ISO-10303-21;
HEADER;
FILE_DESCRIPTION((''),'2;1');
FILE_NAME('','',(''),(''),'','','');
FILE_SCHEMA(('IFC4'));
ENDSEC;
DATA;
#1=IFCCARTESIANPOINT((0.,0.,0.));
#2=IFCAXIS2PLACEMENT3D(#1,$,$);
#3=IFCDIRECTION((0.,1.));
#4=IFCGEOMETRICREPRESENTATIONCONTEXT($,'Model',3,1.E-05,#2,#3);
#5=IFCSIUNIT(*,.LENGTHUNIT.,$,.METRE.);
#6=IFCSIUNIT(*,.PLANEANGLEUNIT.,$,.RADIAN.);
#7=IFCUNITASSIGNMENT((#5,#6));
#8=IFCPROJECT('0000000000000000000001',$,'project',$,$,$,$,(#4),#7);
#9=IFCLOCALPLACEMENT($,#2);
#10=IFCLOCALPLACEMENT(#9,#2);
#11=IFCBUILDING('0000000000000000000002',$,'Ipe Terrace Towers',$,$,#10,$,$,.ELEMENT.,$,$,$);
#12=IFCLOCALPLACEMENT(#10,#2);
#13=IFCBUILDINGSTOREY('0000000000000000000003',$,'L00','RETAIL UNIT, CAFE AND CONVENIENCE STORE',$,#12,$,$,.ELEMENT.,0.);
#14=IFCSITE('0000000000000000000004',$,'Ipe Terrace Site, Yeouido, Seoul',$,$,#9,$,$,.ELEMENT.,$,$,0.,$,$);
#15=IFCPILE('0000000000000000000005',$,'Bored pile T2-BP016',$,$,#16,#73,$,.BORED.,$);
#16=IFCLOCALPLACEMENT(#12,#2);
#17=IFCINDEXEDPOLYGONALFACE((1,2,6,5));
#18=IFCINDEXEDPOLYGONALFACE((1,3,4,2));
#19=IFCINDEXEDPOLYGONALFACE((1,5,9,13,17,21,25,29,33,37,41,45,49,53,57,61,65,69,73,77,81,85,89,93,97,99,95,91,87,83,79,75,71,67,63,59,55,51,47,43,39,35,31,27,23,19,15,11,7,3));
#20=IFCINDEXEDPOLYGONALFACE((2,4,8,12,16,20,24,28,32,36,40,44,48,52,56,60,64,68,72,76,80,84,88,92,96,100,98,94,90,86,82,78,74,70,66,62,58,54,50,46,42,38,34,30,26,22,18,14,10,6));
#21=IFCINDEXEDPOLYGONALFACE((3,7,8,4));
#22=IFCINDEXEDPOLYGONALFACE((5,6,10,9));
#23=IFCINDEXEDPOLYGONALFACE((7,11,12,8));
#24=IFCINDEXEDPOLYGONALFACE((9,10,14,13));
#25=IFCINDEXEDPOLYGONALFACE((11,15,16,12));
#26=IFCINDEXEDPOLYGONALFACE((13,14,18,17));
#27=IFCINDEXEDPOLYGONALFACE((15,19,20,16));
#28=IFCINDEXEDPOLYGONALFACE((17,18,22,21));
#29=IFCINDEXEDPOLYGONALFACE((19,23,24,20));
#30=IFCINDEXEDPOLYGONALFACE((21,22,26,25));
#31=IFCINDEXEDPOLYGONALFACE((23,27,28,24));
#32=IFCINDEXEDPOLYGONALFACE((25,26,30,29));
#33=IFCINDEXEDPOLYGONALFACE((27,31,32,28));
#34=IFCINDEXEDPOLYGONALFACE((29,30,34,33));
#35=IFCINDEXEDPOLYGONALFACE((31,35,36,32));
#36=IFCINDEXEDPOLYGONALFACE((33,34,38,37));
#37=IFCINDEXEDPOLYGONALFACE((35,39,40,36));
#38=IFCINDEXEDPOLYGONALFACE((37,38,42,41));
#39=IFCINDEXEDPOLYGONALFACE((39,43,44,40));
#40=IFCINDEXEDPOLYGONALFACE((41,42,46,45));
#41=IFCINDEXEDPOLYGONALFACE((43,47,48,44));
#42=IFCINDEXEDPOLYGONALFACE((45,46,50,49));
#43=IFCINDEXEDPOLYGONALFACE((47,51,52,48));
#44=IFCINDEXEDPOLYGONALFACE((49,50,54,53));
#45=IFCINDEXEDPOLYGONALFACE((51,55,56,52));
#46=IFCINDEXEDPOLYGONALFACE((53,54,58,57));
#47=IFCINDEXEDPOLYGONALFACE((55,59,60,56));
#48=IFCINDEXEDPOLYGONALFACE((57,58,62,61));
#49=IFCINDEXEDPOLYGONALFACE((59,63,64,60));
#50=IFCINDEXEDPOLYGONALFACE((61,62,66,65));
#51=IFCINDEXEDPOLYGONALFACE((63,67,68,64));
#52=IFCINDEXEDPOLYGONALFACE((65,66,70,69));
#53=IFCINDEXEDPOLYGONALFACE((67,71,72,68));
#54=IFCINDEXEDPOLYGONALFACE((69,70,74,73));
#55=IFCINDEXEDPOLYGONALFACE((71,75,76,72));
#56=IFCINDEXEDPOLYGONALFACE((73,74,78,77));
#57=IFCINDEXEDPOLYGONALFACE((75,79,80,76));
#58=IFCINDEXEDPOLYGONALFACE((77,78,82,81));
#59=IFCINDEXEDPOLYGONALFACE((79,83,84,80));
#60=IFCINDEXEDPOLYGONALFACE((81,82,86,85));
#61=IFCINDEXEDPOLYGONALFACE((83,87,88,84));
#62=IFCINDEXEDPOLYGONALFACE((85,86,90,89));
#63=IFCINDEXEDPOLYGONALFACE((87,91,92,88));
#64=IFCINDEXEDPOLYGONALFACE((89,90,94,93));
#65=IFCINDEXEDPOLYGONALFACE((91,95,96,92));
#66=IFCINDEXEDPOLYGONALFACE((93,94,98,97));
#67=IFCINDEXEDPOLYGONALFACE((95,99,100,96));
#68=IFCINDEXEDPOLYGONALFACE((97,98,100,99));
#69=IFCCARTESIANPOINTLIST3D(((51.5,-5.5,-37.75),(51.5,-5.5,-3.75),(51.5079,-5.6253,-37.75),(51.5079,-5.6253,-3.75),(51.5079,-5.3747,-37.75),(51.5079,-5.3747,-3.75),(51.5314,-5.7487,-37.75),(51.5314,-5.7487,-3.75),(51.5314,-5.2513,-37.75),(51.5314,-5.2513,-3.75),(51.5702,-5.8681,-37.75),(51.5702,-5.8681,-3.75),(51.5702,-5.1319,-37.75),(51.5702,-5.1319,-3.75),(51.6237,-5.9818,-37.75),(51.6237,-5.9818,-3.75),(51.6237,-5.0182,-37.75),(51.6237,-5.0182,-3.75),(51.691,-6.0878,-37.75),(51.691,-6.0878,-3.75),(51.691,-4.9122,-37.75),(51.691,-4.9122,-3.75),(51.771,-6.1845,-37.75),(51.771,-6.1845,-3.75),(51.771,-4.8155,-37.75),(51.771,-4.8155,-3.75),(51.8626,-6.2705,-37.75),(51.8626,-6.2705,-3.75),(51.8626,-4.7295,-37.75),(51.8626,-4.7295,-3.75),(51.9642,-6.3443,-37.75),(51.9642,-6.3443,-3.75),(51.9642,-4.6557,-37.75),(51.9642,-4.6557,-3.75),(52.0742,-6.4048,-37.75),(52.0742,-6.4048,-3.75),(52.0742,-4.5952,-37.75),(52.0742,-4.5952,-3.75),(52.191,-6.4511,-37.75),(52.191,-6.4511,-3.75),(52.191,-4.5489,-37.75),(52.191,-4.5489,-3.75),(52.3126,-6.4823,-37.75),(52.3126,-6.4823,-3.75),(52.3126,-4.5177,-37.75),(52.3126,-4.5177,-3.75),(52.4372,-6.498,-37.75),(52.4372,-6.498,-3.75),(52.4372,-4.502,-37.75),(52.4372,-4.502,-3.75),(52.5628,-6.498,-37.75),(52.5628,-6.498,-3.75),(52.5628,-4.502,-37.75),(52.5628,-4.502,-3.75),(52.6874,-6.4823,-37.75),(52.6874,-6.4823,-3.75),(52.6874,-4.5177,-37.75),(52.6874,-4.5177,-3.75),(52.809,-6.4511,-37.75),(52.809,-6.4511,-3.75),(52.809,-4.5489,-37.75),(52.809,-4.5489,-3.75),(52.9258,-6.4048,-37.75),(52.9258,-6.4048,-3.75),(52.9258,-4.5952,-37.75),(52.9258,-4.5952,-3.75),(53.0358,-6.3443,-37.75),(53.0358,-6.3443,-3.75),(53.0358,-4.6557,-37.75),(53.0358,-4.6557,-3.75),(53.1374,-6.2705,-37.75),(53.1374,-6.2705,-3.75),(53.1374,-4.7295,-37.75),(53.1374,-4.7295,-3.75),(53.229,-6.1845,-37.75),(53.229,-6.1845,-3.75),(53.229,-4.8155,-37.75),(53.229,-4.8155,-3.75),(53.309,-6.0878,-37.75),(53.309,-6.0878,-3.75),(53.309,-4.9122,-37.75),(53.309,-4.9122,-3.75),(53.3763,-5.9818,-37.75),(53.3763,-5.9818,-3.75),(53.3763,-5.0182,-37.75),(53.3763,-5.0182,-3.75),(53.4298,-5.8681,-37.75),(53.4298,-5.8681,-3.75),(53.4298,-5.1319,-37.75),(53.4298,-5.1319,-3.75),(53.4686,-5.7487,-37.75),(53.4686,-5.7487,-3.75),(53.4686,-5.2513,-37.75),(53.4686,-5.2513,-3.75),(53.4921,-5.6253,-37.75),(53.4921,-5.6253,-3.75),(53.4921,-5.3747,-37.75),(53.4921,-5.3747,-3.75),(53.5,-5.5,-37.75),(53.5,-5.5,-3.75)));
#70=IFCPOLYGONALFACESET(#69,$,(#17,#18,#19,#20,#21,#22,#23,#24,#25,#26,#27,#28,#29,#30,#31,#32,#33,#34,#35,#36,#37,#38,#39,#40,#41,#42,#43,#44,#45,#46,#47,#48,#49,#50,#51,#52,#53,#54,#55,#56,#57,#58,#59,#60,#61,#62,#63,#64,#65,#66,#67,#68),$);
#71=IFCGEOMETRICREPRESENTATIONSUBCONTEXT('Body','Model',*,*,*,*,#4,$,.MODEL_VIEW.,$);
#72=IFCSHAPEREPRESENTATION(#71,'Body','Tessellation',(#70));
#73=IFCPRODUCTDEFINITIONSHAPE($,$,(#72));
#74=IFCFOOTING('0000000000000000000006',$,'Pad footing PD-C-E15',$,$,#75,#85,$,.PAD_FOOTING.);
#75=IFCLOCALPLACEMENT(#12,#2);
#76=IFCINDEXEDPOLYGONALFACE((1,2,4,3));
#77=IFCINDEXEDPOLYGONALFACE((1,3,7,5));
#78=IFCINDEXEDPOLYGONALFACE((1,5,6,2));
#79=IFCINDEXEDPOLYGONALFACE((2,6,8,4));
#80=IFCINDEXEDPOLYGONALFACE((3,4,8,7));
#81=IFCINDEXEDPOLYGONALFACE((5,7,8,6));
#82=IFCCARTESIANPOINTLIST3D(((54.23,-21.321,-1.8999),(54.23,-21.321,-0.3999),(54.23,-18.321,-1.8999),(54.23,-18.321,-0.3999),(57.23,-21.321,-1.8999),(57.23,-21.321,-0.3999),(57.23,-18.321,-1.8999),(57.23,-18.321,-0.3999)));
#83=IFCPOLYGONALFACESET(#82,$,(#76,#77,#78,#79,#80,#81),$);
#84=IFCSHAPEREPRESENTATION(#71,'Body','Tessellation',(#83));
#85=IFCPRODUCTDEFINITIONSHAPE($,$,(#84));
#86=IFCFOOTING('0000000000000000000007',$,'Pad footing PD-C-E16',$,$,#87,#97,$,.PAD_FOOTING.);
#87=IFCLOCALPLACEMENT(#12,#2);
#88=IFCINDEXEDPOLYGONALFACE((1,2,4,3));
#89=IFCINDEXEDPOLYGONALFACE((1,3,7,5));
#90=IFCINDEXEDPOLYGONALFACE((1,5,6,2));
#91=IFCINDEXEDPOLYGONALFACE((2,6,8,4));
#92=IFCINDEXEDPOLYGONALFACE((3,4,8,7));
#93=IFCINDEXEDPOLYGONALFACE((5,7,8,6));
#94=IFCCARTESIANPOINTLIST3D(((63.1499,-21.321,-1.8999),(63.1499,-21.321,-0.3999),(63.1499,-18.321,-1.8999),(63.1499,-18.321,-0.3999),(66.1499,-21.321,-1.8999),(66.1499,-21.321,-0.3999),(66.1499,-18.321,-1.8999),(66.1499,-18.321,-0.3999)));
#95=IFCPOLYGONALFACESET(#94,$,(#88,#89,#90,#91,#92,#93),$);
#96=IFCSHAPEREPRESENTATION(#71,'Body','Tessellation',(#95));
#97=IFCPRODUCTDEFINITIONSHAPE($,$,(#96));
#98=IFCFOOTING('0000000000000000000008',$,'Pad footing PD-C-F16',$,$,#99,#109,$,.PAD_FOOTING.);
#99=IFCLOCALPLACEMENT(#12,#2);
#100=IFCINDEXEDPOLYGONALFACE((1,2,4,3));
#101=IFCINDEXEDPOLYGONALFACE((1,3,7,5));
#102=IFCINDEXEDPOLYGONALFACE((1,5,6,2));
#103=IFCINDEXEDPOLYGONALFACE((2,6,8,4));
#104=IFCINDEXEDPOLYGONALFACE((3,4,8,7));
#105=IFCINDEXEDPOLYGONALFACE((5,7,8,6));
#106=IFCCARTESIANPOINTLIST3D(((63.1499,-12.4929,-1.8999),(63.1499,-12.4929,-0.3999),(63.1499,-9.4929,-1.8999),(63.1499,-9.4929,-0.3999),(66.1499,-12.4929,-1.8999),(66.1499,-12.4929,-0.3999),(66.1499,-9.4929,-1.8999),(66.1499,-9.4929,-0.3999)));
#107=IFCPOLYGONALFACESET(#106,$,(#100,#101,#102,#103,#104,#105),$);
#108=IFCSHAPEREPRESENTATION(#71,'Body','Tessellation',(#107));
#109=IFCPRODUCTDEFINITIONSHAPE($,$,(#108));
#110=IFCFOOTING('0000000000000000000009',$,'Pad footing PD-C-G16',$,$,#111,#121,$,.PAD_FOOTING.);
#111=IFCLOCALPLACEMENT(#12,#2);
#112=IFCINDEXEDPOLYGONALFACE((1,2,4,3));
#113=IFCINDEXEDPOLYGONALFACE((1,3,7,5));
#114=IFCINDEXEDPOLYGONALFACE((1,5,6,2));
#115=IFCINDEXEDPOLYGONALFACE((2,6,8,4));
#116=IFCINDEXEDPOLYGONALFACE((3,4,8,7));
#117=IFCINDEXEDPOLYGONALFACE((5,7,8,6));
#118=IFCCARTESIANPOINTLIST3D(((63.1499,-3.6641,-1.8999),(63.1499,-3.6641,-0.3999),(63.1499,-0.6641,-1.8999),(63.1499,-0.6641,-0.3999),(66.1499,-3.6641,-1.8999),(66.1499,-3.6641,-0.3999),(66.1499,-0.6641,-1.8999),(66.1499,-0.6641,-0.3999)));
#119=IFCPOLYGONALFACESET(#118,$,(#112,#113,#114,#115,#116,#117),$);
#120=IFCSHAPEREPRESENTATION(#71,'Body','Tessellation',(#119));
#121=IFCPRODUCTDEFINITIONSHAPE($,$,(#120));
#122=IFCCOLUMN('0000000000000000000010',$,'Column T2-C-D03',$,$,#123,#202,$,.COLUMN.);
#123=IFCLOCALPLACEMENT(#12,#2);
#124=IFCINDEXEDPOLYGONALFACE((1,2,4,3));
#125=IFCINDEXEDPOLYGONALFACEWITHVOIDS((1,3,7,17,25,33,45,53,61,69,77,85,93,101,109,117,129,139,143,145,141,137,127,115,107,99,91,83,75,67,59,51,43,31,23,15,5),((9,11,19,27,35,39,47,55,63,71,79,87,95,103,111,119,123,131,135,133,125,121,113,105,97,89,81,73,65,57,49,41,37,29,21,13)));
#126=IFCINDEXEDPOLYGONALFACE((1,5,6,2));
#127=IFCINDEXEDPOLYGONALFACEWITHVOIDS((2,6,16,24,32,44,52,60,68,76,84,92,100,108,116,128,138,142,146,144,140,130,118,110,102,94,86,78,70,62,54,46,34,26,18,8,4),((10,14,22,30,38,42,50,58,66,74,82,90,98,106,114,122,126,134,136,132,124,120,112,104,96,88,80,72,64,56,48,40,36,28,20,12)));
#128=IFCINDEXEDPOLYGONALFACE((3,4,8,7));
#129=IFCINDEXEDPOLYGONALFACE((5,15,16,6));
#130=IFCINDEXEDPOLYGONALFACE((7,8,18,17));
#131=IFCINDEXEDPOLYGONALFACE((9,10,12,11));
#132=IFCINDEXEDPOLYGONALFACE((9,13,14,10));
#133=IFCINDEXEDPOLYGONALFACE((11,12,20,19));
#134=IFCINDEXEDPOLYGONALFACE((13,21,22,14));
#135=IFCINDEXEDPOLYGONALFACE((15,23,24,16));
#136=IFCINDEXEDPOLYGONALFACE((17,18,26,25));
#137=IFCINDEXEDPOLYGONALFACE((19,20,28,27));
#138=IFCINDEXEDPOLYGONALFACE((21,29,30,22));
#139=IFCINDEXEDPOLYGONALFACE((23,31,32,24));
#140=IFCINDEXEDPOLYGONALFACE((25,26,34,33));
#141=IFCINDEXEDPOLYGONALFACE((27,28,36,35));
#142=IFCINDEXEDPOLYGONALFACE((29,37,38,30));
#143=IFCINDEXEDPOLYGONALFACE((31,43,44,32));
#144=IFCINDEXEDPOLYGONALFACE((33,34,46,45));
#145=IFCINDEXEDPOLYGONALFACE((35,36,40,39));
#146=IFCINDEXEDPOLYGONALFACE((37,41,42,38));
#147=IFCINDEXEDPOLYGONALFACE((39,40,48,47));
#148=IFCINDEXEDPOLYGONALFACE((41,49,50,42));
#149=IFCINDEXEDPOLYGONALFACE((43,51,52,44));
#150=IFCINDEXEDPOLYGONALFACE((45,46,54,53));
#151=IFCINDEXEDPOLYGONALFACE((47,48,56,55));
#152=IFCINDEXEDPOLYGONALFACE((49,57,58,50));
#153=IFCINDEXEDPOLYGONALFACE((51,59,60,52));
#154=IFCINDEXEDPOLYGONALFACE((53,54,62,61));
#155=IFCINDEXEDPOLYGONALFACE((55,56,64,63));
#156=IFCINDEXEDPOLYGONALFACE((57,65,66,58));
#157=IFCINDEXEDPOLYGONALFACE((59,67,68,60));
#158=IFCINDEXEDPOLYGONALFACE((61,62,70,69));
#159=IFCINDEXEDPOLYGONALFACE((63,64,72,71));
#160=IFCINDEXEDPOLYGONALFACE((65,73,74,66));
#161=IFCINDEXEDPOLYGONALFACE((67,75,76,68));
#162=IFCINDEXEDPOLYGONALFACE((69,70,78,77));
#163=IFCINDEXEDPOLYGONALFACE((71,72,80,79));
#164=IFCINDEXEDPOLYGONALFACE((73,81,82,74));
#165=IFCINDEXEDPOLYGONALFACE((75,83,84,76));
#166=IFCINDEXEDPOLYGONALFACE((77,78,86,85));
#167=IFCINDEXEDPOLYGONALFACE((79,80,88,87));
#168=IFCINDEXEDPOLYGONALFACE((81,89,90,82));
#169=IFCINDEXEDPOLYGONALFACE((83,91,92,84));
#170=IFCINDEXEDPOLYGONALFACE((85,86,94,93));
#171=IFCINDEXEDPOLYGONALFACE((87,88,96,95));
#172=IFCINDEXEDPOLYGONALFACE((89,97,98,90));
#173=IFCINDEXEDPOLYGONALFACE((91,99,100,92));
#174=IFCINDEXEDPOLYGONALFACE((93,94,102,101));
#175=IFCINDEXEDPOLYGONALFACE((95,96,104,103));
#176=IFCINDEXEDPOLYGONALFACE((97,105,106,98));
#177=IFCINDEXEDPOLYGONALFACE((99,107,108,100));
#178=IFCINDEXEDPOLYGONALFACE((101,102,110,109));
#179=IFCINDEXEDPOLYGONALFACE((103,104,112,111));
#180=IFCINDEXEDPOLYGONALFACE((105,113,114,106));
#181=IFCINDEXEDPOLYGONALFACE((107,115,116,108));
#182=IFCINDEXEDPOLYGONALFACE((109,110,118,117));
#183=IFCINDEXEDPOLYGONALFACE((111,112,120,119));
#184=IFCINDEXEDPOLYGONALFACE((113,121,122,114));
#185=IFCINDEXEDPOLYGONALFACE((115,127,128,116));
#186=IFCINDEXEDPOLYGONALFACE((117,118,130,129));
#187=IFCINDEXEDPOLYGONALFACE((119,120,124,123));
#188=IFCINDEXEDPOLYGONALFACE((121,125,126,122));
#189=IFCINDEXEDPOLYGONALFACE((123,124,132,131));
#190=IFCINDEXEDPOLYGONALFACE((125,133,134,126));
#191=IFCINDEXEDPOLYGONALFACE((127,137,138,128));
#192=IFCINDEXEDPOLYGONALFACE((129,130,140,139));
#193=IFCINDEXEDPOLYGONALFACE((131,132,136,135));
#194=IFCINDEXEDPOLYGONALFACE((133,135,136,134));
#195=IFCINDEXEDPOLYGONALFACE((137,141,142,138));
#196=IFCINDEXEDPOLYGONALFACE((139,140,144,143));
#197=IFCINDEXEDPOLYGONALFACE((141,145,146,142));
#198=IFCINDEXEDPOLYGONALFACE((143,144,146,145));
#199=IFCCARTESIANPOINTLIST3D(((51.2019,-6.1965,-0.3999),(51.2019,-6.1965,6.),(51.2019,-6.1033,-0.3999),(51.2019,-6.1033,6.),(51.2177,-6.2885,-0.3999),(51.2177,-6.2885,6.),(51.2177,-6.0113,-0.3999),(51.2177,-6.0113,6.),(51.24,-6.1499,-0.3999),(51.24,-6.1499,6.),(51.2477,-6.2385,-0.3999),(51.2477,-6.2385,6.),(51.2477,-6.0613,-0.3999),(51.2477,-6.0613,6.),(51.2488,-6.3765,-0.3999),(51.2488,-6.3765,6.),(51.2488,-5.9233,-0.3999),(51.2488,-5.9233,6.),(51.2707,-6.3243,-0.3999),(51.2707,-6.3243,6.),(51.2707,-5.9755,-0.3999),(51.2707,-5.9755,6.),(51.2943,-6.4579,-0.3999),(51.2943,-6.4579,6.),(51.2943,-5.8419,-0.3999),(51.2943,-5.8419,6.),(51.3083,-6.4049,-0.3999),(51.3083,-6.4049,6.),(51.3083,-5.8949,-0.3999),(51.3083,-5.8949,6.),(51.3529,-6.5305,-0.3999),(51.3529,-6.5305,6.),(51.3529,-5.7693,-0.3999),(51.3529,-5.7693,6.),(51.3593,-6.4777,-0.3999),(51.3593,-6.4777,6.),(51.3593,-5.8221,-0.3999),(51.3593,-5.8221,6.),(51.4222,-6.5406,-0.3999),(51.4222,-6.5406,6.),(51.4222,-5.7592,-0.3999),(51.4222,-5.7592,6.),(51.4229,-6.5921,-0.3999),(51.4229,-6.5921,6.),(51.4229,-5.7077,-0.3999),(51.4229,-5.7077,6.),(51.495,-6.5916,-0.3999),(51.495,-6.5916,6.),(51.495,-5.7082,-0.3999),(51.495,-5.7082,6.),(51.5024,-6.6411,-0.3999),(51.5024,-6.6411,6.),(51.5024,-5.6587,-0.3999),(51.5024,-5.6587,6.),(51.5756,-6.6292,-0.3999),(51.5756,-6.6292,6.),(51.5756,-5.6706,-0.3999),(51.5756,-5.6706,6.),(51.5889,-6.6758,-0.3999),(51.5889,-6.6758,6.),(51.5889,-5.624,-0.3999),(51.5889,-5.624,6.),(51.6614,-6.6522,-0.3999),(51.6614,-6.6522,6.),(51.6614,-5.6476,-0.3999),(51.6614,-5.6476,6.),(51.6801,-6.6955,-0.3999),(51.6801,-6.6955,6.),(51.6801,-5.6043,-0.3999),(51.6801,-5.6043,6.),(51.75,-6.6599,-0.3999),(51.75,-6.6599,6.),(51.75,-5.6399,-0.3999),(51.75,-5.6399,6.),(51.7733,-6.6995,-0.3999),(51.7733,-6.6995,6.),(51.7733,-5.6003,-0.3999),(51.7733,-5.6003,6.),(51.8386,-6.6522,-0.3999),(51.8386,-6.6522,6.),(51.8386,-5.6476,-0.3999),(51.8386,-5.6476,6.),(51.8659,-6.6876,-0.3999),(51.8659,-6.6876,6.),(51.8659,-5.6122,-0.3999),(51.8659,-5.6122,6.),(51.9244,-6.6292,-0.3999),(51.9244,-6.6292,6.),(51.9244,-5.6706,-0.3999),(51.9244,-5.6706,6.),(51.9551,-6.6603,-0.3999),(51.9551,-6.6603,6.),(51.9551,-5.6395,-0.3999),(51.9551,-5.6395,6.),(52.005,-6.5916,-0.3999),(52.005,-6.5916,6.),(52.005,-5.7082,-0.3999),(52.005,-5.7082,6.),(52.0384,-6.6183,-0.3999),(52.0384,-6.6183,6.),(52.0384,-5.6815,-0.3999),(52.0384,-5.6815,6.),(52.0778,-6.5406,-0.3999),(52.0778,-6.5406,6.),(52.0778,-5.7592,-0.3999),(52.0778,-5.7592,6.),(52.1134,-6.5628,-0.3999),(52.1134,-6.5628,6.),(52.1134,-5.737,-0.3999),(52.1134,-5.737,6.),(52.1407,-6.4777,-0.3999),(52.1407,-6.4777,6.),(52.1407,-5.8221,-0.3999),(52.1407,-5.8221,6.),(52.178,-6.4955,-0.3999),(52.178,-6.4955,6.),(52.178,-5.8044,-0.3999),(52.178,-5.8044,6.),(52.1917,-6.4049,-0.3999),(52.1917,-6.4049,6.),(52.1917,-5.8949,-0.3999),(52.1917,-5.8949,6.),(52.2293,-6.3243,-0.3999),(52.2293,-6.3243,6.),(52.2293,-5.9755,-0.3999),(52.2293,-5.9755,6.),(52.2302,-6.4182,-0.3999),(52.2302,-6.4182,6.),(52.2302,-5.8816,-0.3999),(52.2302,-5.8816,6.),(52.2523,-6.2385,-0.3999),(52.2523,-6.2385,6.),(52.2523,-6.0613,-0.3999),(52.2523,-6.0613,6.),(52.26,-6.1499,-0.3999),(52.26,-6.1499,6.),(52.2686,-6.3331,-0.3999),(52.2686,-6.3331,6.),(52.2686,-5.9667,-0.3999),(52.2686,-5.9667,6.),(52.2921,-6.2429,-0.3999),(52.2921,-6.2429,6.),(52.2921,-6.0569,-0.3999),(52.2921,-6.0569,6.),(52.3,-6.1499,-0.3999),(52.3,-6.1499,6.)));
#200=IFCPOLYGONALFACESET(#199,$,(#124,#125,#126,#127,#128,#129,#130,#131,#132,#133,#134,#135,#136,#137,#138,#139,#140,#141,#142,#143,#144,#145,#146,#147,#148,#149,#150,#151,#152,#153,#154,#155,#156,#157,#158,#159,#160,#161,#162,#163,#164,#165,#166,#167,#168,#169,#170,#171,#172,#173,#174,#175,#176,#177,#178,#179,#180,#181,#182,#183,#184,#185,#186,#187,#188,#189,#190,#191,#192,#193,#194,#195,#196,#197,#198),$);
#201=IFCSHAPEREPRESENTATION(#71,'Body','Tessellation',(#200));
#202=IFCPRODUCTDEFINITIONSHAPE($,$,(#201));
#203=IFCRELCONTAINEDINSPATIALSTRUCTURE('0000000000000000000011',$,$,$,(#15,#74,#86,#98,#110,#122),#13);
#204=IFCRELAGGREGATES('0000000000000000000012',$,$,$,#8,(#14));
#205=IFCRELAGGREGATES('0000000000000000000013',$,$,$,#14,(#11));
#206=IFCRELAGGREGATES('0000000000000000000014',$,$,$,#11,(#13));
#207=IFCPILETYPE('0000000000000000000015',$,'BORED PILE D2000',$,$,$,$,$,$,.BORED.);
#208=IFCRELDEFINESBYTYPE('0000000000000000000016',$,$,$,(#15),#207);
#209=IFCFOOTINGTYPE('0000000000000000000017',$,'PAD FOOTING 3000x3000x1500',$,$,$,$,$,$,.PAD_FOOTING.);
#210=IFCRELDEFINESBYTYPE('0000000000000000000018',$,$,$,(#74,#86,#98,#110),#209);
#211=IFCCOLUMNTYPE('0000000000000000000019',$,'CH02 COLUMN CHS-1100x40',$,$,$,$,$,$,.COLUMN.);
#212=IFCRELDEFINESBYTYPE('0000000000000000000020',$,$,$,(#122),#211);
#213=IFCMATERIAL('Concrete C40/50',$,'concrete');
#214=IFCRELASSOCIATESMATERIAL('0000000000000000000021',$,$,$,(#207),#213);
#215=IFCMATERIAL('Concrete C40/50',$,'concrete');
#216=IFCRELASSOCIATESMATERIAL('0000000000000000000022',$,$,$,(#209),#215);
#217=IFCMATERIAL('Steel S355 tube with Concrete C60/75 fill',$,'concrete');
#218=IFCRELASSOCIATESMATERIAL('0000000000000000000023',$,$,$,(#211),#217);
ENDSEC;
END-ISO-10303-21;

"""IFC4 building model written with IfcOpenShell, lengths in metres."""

from ifc_helpers import new_model, si_unit, direction, frame, origin, origin_2d, place, context, subcontext, project, spatial, rectangle, circle, hollow_circle, extrude, material, material_profile, profile_set, type_object, element, save


model = new_model("IFC4")

# Units and contexts
model_context = context("Model", 3, precision=1e-05, world=origin(), true_north=direction((0.0, 1.0)))
body_context = subcontext(model_context, "Body", "Model", "MODEL_VIEW")
ifc_project = project(units=[si_unit("LENGTHUNIT", "METRE"), si_unit("PLANEANGLEUNIT", "RADIAN")], contexts=[model_context])

# Site, building, storey
site_placement = place(None, origin())
site = spatial("IfcSite", under=ifc_project, at=site_placement, Name="Ipe Terrace Site, Yeouido, Seoul", CompositionType="ELEMENT", RefElevation=0.0)
building_placement = place(site_placement, origin())
building = spatial("IfcBuilding", under=site, at=building_placement, Name="Ipe Terrace Towers", CompositionType="ELEMENT")
storey_placement = place(building_placement, origin())
storey = spatial("IfcBuildingStorey", under=building, at=storey_placement, Name="L00", Description="RETAIL UNIT, CAFE AND CONVENIENCE STORE", CompositionType="ELEMENT", Elevation=0.0)

# Pile
ifc_material_1 = material(Name="Concrete C40/50", Category="concrete")
ifc_material_profile_1 = material_profile(ifc_material_1, circle(Radius=1.0, at=origin_2d()), Name="BORED PILE D2000")
ifc_profile_set_1 = profile_set([ifc_material_profile_1], Name="Concrete C40/50")
pile_type = type_object("IfcPileType", Name="BORED PILE D2000", PredefinedType="BORED", material=ifc_profile_set_1)
pile_placement = place(storey_placement, frame((52.5, -5.5, -3.75), z_axis=(0.0, 0.0, -1.0), x_axis=(1.0, 0.0, 0.0)))
element("IfcPile", 1, at=pile_placement, inside=storey, type_object=pile_type, Name="Bored pile T2-BP016", PredefinedType="BORED", context=body_context, shape_type="SweptSolid", body=[
    extrude(circle(Radius=1.0, at=origin_2d()), origin(), (0.0, 0.0, 1.0), 34.0),
])

# Footings
ifc_material_2 = material(Name="Concrete C40/50", Category="concrete")
footing_type = type_object("IfcFootingType", Name="PAD FOOTING 3000x3000x1500", PredefinedType="PAD_FOOTING", material=ifc_material_2)
for number, where, z_axis, x_axis, name in (
    (2, (55.73, -19.821, -1.8999), (0.0, 0.0, 1.0), (1.0, 0.0, 0.0), "Pad footing PD-C-E15"),
    (3, (64.6499, -19.821, -1.8999), (0.0, 0.0, 1.0), (1.0, 0.0, 0.0), "Pad footing PD-C-E16"),
    (4, (64.6499, -10.9929, -1.8999), (0.0, 0.0, 1.0), (1.0, 0.0, 0.0), "Pad footing PD-C-F16"),
    (5, (64.6499, -2.1641, -1.8999), (0.0, 0.0, 1.0), (1.0, 0.0, 0.0), "Pad footing PD-C-G16"),
):
    element("IfcFooting", number, at=place(storey_placement, frame(where, z_axis=z_axis, x_axis=x_axis)), inside=storey, type_object=footing_type, Name=name, PredefinedType="PAD_FOOTING", context=body_context, shape_type="SweptSolid", body=[
        extrude(rectangle(XDim=3.0, YDim=3.0, at=origin_2d()), origin(), (0.0, 0.0, 1.0), 1.5),
    ])

# Column
ifc_material_3 = material(Name="Steel S355 tube with Concrete C60/75 fill", Category="concrete")
ifc_material_profile_2 = material_profile(ifc_material_3, hollow_circle(Radius=0.55, WallThickness=0.04, at=origin_2d()), Name="CHS-1100x40")
ifc_profile_set_2 = profile_set([ifc_material_profile_2], Name="Steel S355 tube with Concrete C60/75 fill")
column_type_1 = type_object("IfcColumnType", Name="CH02 COLUMN CHS-1100x40", PredefinedType="COLUMN", material=ifc_profile_set_2)
for number, where, z_axis, x_axis, name in (
    (6, (51.75, -6.1499, -0.3999), (0.0, 0.0, 1.0), (1.0, 0.0, 0.0), "Column T2-C-D03"),
):
    element("IfcColumn", number, at=place(storey_placement, frame(where, z_axis=z_axis, x_axis=x_axis)), inside=storey, type_object=column_type_1, Name=name, PredefinedType="COLUMN", context=body_context, shape_type="SweptSolid", body=[
        extrude(hollow_circle(Radius=0.55, WallThickness=0.04, at=origin_2d()), origin(), (0.0, 0.0, 1.0), 6.3999),
    ])

save(model, "model.ifc")
